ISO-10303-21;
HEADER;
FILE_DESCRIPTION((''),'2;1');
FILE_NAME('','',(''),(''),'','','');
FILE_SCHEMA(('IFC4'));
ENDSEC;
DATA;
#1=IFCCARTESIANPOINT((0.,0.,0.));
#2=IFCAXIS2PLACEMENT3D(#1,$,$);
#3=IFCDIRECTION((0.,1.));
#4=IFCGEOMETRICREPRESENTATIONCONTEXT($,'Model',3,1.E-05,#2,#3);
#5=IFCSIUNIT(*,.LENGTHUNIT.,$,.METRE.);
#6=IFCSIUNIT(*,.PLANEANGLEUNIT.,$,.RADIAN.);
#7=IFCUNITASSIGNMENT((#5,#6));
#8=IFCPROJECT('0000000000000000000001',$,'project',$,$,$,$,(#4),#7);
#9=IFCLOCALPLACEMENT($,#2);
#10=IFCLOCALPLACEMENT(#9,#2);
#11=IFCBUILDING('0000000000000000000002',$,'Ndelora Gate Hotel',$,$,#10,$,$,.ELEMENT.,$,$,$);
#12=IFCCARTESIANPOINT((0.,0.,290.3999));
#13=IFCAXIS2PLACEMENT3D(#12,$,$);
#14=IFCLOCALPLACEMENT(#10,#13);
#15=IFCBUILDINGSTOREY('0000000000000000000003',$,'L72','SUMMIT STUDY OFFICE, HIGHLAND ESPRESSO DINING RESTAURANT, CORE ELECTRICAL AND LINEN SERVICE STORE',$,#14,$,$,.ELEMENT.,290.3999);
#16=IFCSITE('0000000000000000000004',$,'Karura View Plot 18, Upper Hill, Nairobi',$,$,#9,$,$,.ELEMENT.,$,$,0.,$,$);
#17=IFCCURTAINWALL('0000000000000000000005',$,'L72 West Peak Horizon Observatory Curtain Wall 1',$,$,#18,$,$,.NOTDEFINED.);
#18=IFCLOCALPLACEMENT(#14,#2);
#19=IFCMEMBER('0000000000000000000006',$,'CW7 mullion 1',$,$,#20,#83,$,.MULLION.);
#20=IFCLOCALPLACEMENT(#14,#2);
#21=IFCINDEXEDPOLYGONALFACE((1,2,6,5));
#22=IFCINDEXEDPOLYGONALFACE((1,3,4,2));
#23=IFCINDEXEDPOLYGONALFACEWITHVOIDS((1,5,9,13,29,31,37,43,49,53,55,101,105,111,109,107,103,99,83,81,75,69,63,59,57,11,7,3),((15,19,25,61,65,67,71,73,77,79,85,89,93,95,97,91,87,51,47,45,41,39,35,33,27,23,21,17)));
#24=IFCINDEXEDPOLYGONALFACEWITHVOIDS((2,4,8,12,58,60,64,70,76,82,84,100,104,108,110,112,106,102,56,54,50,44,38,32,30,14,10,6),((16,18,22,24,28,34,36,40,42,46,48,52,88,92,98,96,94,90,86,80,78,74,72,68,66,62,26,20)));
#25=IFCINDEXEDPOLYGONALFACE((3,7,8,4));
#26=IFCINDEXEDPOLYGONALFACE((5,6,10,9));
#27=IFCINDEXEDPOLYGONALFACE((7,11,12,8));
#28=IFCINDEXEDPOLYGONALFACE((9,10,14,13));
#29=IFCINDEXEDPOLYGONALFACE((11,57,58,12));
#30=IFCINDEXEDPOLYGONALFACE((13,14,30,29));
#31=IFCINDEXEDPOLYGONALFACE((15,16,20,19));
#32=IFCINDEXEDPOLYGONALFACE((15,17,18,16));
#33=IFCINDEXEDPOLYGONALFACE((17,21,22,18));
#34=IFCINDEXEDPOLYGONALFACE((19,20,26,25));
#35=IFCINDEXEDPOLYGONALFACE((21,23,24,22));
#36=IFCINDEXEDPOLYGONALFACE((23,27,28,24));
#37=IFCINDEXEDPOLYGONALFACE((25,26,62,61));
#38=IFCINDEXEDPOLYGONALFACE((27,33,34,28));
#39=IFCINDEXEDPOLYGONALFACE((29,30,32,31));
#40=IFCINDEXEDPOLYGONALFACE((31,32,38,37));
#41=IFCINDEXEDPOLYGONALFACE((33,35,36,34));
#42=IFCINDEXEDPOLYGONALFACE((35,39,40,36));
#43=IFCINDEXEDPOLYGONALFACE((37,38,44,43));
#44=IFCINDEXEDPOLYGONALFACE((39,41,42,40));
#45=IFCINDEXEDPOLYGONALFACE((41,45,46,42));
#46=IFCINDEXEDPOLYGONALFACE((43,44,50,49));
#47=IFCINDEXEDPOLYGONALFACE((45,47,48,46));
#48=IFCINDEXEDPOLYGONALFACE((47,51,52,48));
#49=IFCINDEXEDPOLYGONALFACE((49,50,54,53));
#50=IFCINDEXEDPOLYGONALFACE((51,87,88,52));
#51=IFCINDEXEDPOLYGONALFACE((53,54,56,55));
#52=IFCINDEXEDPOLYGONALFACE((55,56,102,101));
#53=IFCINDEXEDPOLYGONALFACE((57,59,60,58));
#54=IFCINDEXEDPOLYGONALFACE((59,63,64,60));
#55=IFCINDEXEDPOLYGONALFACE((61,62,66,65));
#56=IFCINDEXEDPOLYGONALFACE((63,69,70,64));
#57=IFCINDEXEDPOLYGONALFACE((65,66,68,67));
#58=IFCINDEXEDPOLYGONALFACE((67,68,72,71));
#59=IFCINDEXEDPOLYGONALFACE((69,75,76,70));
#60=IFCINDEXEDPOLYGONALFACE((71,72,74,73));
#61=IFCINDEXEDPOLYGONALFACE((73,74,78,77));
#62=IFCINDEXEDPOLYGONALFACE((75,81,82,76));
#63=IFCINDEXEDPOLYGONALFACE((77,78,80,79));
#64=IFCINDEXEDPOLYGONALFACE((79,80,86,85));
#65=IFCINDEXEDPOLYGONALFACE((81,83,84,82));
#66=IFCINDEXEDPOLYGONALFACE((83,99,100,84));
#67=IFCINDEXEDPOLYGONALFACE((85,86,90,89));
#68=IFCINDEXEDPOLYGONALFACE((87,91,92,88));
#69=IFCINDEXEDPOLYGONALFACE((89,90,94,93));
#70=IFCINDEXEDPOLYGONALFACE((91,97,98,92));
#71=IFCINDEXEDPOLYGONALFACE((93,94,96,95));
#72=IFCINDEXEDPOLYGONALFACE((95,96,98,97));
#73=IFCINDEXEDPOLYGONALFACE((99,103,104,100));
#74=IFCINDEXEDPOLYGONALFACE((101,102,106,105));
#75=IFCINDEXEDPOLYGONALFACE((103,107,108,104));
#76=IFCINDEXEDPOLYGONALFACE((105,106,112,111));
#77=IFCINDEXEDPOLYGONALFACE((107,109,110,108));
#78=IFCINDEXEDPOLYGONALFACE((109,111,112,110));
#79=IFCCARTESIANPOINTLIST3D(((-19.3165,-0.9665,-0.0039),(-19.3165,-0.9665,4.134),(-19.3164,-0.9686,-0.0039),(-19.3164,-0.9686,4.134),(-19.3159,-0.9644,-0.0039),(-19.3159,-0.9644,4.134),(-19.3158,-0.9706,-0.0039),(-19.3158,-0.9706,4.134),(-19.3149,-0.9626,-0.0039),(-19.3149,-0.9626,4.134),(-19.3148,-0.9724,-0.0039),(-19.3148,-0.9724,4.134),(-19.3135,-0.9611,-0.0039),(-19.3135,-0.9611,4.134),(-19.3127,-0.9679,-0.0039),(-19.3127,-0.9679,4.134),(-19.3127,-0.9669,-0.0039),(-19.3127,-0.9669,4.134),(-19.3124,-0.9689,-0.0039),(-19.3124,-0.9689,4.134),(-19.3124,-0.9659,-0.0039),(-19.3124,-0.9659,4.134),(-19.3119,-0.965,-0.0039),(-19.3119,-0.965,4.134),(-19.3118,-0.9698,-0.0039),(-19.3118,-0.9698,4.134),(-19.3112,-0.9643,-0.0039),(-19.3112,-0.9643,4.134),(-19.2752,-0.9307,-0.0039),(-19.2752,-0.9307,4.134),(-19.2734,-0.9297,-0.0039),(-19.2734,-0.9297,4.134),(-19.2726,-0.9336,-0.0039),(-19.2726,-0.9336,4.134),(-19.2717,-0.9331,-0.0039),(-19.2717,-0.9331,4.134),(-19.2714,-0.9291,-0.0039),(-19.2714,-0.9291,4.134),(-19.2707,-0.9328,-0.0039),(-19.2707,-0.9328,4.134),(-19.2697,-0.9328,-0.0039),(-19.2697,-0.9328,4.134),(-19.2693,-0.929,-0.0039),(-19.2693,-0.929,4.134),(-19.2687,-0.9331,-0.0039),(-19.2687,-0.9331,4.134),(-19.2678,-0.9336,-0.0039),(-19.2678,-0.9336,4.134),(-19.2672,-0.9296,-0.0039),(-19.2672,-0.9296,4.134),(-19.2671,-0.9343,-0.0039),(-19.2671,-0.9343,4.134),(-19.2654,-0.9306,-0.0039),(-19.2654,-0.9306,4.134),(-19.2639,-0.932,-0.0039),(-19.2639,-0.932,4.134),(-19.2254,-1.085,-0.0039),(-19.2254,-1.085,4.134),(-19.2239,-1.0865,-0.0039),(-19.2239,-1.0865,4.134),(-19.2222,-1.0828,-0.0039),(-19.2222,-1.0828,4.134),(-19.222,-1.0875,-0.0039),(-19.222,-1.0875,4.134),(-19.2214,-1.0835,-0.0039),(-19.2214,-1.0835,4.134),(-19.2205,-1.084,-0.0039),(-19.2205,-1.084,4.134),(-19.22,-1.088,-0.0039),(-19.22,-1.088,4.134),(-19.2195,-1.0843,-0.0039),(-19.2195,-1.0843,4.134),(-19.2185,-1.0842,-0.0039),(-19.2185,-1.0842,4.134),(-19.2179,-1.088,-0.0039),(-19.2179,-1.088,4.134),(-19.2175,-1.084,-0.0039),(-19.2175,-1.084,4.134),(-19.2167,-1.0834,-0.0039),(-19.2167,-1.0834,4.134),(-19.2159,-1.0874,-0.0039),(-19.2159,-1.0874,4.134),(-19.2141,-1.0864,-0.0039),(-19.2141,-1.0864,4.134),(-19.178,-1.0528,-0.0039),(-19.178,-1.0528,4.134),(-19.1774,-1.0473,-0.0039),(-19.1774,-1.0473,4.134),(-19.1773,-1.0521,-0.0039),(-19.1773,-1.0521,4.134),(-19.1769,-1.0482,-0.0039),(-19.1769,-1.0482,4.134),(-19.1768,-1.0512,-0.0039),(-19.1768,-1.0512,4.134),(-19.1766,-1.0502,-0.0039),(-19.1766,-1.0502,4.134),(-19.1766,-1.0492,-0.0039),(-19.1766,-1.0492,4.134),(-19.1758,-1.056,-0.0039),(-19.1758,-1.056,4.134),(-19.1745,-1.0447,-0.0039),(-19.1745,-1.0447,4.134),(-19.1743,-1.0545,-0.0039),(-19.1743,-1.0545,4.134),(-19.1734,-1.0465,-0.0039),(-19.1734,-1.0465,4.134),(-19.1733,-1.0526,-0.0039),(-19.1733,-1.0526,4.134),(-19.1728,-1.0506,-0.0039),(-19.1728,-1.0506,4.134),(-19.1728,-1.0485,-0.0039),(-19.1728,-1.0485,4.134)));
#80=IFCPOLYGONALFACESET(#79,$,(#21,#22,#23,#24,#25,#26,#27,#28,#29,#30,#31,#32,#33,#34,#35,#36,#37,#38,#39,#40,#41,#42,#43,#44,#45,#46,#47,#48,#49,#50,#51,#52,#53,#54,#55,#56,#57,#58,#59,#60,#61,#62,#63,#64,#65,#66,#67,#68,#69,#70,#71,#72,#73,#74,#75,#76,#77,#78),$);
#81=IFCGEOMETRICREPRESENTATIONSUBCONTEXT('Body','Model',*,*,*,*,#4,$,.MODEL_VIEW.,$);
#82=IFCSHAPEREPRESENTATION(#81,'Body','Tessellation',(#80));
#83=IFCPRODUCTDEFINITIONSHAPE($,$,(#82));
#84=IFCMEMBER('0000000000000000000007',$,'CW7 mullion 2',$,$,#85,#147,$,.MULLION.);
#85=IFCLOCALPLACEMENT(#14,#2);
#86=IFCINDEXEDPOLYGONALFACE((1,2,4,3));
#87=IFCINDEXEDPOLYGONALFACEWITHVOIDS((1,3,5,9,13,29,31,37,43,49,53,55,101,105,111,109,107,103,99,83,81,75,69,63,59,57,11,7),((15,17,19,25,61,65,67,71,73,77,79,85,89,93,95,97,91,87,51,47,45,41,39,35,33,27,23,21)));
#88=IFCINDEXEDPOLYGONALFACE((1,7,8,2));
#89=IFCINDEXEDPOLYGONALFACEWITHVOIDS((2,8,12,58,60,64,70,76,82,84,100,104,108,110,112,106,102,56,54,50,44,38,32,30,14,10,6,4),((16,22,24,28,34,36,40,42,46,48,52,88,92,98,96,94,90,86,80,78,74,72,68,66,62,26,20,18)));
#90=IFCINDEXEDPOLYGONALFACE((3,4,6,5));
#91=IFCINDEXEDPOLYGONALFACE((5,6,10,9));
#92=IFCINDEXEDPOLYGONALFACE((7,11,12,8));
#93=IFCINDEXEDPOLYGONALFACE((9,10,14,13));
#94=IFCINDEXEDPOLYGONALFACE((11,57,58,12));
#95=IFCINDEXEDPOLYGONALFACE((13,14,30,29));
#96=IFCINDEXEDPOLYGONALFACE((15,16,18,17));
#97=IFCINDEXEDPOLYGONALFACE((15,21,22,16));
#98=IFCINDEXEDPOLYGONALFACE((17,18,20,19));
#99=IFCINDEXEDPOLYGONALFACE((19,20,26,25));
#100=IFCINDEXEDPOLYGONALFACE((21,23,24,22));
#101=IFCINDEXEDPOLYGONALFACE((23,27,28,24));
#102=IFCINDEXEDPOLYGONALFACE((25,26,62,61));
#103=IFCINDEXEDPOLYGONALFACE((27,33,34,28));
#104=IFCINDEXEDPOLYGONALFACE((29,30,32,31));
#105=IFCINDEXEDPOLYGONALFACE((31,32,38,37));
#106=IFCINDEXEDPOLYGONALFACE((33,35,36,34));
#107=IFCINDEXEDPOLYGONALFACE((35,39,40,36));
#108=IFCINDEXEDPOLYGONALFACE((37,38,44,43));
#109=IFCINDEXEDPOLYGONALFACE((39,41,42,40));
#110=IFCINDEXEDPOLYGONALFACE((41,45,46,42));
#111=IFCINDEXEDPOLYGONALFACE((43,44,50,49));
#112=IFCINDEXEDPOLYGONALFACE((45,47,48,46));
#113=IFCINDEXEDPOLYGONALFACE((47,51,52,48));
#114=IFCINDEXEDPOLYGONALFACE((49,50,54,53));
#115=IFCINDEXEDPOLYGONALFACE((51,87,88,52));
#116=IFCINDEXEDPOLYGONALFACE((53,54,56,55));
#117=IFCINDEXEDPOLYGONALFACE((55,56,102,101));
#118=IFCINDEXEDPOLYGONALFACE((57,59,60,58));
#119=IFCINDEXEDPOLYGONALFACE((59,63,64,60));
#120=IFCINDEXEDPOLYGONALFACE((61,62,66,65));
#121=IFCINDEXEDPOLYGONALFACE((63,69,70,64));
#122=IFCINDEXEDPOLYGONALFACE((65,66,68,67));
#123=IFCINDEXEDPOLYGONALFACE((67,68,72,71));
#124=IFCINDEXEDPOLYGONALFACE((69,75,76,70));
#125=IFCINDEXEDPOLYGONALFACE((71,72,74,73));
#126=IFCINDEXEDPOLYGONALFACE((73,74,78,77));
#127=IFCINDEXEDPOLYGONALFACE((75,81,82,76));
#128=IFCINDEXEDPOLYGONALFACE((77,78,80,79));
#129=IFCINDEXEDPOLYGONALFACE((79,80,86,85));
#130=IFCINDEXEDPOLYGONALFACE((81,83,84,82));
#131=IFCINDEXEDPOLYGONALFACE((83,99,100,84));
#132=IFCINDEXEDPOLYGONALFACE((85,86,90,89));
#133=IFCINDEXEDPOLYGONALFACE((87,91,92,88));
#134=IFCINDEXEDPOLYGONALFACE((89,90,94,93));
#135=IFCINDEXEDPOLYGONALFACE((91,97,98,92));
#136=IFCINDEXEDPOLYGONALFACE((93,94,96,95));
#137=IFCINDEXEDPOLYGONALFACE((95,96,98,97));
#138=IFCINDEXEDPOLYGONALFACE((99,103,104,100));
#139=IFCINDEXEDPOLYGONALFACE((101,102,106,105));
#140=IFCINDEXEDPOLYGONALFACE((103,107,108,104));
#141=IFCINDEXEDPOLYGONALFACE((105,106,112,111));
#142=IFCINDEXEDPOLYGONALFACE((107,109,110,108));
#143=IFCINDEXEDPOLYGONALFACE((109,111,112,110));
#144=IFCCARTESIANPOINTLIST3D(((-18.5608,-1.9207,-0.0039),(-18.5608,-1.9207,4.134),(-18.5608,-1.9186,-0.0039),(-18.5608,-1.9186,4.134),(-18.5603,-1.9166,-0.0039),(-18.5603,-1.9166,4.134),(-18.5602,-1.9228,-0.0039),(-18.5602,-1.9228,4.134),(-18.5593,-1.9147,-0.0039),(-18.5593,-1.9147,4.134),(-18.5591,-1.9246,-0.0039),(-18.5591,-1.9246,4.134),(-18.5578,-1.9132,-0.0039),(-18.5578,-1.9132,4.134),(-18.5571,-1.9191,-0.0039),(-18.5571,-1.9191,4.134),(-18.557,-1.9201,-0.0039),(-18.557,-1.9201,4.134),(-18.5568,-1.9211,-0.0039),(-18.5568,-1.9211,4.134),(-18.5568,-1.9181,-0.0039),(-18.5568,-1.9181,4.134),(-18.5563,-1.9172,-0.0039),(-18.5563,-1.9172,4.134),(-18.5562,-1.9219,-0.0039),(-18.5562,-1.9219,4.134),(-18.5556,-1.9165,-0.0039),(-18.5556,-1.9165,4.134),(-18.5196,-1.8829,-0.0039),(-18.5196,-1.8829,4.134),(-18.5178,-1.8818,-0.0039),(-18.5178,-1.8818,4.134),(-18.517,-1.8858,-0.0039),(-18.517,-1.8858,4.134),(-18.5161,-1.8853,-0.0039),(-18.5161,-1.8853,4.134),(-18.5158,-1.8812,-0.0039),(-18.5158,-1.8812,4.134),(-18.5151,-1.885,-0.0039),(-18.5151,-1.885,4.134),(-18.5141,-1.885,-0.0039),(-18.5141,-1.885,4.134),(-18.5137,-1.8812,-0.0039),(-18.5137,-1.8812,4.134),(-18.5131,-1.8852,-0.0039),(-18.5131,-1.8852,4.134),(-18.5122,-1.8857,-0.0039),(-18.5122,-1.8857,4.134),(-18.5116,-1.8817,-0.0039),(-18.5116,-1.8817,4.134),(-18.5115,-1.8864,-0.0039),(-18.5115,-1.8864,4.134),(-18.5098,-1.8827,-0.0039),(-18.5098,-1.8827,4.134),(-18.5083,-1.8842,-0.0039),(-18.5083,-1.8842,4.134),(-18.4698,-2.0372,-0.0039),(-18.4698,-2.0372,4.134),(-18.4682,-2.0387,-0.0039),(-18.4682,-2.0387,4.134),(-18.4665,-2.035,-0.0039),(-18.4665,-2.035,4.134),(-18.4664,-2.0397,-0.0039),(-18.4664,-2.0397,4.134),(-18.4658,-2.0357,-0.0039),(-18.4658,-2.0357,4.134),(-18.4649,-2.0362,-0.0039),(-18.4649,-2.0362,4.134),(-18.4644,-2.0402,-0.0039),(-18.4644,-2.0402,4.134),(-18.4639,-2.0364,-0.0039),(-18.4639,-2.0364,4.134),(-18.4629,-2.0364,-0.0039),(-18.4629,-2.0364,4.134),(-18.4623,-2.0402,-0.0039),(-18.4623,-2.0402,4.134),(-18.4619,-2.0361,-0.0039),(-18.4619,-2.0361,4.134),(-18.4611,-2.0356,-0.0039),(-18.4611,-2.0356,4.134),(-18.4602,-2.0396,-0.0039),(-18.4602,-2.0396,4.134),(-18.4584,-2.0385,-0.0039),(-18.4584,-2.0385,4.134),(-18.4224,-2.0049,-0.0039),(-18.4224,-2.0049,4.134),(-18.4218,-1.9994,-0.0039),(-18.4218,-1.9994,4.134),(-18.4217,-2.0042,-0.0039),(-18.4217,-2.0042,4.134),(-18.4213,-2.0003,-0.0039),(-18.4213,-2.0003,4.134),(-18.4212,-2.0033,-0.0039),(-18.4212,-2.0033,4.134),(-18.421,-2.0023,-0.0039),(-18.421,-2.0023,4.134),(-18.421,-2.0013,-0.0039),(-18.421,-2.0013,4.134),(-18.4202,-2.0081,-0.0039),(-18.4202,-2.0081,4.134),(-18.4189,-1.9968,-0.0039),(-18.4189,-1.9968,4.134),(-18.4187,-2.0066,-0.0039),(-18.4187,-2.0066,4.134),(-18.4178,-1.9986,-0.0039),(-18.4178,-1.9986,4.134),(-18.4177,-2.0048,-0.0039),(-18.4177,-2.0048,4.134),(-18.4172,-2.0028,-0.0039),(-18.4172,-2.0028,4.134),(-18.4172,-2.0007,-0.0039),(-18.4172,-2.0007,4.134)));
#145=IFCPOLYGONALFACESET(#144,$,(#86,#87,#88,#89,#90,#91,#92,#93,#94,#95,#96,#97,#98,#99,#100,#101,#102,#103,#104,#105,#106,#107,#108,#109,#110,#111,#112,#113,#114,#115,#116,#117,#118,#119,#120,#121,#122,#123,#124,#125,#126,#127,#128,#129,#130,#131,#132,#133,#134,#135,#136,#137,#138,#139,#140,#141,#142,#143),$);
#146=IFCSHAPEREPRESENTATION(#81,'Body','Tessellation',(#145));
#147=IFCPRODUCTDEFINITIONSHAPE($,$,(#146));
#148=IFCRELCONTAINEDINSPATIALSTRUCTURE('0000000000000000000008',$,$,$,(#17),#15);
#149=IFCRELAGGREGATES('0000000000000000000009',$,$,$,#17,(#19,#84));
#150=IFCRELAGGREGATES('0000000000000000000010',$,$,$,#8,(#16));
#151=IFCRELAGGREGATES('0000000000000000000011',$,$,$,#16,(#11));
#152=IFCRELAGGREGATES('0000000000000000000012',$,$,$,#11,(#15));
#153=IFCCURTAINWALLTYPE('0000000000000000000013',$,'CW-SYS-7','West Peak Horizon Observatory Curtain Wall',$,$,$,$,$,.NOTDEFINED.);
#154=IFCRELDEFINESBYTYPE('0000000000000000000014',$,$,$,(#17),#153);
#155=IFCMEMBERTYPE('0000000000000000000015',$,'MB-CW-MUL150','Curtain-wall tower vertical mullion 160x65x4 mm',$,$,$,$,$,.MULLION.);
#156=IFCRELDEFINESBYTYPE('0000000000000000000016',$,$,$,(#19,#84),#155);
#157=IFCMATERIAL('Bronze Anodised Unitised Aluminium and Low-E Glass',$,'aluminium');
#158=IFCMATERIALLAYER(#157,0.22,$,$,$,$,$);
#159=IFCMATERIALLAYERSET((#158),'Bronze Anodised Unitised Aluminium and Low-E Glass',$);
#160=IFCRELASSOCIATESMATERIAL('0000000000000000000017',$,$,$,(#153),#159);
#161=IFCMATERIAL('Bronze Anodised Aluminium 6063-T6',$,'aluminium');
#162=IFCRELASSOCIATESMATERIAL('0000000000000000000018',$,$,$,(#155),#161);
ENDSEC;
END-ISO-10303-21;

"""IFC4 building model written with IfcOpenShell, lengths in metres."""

from ifc_helpers import new_model, si_unit, direction, frame, origin, origin_2d, place, context, subcontext, project, spatial, hollow_rectangle, extrude, material, layer, layer_set, material_profile, profile_set, type_object, element, aggregate, save


model = new_model("IFC4")

# Units and contexts
model_context = context("Model", 3, precision=1e-05, world=origin(), true_north=direction((0.0, 1.0)))
body_context = subcontext(model_context, "Body", "Model", "MODEL_VIEW")
ifc_project = project(units=[si_unit("LENGTHUNIT", "METRE"), si_unit("PLANEANGLEUNIT", "RADIAN")], contexts=[model_context])

# Site, building, storey
site_placement = place(None, origin())
site = spatial("IfcSite", under=ifc_project, at=site_placement, Name="Karura View Plot 18, Upper Hill, Nairobi", CompositionType="ELEMENT", RefElevation=0.0)
building_placement = place(site_placement, origin())
building = spatial("IfcBuilding", under=site, at=building_placement, Name="Ndelora Gate Hotel", CompositionType="ELEMENT")
storey_placement = place(building_placement, frame((0.0, 0.0, 290.3999)))
storey = spatial("IfcBuildingStorey", under=building, at=storey_placement, Name="L72", Description="SUMMIT STUDY OFFICE, HIGHLAND ESPRESSO DINING RESTAURANT, CORE ELECTRICAL AND LINEN SERVICE STORE", CompositionType="ELEMENT", Elevation=290.3999)

# Curtain wall, members
ifc_material_1 = material(Name="Bronze Anodised Unitised Aluminium and Low-E Glass", Category="aluminium")
ifc_layer_1 = layer(ifc_material_1, 0.22)
ifc_layer_set_1 = layer_set([ifc_layer_1], Name="Bronze Anodised Unitised Aluminium and Low-E Glass")
curtain_wall_type = type_object("IfcCurtainWallType", Name="CW-SYS-7", Description="West Peak Horizon Observatory Curtain Wall", PredefinedType="NOTDEFINED", material=ifc_layer_set_1)
curtain_wall_1_placement = place(storey_placement, origin())
curtain_wall_1 = element("IfcCurtainWall", 1, at=curtain_wall_1_placement, inside=storey, type_object=curtain_wall_type, Name="L72 West Peak Horizon Observatory Curtain Wall 1", PredefinedType="NOTDEFINED")
ifc_material_2 = material(Name="Bronze Anodised Aluminium 6063-T6", Category="aluminium")
ifc_material_profile_1 = material_profile(ifc_material_2, hollow_rectangle(XDim=0.0649, YDim=0.1599, WallThickness=0.0039, InnerFilletRadius=0.0039, OuterFilletRadius=0.0081, at=origin_2d()), Name="ALU 160x65x4")
ifc_profile_set_1 = profile_set([ifc_material_profile_1], Name="Bronze Anodised Aluminium 6063-T6")
member_type_1 = type_object("IfcMemberType", Name="MB-CW-MUL150", Description="Curtain-wall tower vertical mullion 160x65x4 mm", PredefinedType="MULLION", material=ifc_profile_set_1)
member_1_placement = place(storey_placement, frame((-19.2446, -1.0085, -0.0039), z_axis=(0.0, 0.0, 1.0), x_axis=(0.783317, 0.621622, 0.0)))
member_1 = element("IfcMember", 2, at=member_1_placement, type_object=member_type_1, Name="CW7 mullion 1", PredefinedType="MULLION", context=body_context, shape_type="SweptSolid", body=[
    extrude(hollow_rectangle(XDim=0.0649, YDim=0.1599, WallThickness=0.0039, InnerFilletRadius=0.0039, OuterFilletRadius=0.0081, at=origin_2d()), origin(), (0.0, 0.0, 1.0), 4.1379),
])
member_2_placement = place(storey_placement, frame((-18.489, -1.9607, -0.0039), z_axis=(0.0, 0.0, 1.0), x_axis=(0.783317, 0.621622, 0.0)))
member_2 = element("IfcMember", 3, at=member_2_placement, type_object=member_type_1, Name="CW7 mullion 2", PredefinedType="MULLION", context=body_context, shape_type="SweptSolid", body=[
    extrude(hollow_rectangle(XDim=0.0649, YDim=0.1599, WallThickness=0.0039, InnerFilletRadius=0.0039, OuterFilletRadius=0.0081, at=origin_2d()), origin(), (0.0, 0.0, 1.0), 4.1379),
])

aggregate(curtain_wall_1, [member_1, member_2])

save(model, "model.ifc")
